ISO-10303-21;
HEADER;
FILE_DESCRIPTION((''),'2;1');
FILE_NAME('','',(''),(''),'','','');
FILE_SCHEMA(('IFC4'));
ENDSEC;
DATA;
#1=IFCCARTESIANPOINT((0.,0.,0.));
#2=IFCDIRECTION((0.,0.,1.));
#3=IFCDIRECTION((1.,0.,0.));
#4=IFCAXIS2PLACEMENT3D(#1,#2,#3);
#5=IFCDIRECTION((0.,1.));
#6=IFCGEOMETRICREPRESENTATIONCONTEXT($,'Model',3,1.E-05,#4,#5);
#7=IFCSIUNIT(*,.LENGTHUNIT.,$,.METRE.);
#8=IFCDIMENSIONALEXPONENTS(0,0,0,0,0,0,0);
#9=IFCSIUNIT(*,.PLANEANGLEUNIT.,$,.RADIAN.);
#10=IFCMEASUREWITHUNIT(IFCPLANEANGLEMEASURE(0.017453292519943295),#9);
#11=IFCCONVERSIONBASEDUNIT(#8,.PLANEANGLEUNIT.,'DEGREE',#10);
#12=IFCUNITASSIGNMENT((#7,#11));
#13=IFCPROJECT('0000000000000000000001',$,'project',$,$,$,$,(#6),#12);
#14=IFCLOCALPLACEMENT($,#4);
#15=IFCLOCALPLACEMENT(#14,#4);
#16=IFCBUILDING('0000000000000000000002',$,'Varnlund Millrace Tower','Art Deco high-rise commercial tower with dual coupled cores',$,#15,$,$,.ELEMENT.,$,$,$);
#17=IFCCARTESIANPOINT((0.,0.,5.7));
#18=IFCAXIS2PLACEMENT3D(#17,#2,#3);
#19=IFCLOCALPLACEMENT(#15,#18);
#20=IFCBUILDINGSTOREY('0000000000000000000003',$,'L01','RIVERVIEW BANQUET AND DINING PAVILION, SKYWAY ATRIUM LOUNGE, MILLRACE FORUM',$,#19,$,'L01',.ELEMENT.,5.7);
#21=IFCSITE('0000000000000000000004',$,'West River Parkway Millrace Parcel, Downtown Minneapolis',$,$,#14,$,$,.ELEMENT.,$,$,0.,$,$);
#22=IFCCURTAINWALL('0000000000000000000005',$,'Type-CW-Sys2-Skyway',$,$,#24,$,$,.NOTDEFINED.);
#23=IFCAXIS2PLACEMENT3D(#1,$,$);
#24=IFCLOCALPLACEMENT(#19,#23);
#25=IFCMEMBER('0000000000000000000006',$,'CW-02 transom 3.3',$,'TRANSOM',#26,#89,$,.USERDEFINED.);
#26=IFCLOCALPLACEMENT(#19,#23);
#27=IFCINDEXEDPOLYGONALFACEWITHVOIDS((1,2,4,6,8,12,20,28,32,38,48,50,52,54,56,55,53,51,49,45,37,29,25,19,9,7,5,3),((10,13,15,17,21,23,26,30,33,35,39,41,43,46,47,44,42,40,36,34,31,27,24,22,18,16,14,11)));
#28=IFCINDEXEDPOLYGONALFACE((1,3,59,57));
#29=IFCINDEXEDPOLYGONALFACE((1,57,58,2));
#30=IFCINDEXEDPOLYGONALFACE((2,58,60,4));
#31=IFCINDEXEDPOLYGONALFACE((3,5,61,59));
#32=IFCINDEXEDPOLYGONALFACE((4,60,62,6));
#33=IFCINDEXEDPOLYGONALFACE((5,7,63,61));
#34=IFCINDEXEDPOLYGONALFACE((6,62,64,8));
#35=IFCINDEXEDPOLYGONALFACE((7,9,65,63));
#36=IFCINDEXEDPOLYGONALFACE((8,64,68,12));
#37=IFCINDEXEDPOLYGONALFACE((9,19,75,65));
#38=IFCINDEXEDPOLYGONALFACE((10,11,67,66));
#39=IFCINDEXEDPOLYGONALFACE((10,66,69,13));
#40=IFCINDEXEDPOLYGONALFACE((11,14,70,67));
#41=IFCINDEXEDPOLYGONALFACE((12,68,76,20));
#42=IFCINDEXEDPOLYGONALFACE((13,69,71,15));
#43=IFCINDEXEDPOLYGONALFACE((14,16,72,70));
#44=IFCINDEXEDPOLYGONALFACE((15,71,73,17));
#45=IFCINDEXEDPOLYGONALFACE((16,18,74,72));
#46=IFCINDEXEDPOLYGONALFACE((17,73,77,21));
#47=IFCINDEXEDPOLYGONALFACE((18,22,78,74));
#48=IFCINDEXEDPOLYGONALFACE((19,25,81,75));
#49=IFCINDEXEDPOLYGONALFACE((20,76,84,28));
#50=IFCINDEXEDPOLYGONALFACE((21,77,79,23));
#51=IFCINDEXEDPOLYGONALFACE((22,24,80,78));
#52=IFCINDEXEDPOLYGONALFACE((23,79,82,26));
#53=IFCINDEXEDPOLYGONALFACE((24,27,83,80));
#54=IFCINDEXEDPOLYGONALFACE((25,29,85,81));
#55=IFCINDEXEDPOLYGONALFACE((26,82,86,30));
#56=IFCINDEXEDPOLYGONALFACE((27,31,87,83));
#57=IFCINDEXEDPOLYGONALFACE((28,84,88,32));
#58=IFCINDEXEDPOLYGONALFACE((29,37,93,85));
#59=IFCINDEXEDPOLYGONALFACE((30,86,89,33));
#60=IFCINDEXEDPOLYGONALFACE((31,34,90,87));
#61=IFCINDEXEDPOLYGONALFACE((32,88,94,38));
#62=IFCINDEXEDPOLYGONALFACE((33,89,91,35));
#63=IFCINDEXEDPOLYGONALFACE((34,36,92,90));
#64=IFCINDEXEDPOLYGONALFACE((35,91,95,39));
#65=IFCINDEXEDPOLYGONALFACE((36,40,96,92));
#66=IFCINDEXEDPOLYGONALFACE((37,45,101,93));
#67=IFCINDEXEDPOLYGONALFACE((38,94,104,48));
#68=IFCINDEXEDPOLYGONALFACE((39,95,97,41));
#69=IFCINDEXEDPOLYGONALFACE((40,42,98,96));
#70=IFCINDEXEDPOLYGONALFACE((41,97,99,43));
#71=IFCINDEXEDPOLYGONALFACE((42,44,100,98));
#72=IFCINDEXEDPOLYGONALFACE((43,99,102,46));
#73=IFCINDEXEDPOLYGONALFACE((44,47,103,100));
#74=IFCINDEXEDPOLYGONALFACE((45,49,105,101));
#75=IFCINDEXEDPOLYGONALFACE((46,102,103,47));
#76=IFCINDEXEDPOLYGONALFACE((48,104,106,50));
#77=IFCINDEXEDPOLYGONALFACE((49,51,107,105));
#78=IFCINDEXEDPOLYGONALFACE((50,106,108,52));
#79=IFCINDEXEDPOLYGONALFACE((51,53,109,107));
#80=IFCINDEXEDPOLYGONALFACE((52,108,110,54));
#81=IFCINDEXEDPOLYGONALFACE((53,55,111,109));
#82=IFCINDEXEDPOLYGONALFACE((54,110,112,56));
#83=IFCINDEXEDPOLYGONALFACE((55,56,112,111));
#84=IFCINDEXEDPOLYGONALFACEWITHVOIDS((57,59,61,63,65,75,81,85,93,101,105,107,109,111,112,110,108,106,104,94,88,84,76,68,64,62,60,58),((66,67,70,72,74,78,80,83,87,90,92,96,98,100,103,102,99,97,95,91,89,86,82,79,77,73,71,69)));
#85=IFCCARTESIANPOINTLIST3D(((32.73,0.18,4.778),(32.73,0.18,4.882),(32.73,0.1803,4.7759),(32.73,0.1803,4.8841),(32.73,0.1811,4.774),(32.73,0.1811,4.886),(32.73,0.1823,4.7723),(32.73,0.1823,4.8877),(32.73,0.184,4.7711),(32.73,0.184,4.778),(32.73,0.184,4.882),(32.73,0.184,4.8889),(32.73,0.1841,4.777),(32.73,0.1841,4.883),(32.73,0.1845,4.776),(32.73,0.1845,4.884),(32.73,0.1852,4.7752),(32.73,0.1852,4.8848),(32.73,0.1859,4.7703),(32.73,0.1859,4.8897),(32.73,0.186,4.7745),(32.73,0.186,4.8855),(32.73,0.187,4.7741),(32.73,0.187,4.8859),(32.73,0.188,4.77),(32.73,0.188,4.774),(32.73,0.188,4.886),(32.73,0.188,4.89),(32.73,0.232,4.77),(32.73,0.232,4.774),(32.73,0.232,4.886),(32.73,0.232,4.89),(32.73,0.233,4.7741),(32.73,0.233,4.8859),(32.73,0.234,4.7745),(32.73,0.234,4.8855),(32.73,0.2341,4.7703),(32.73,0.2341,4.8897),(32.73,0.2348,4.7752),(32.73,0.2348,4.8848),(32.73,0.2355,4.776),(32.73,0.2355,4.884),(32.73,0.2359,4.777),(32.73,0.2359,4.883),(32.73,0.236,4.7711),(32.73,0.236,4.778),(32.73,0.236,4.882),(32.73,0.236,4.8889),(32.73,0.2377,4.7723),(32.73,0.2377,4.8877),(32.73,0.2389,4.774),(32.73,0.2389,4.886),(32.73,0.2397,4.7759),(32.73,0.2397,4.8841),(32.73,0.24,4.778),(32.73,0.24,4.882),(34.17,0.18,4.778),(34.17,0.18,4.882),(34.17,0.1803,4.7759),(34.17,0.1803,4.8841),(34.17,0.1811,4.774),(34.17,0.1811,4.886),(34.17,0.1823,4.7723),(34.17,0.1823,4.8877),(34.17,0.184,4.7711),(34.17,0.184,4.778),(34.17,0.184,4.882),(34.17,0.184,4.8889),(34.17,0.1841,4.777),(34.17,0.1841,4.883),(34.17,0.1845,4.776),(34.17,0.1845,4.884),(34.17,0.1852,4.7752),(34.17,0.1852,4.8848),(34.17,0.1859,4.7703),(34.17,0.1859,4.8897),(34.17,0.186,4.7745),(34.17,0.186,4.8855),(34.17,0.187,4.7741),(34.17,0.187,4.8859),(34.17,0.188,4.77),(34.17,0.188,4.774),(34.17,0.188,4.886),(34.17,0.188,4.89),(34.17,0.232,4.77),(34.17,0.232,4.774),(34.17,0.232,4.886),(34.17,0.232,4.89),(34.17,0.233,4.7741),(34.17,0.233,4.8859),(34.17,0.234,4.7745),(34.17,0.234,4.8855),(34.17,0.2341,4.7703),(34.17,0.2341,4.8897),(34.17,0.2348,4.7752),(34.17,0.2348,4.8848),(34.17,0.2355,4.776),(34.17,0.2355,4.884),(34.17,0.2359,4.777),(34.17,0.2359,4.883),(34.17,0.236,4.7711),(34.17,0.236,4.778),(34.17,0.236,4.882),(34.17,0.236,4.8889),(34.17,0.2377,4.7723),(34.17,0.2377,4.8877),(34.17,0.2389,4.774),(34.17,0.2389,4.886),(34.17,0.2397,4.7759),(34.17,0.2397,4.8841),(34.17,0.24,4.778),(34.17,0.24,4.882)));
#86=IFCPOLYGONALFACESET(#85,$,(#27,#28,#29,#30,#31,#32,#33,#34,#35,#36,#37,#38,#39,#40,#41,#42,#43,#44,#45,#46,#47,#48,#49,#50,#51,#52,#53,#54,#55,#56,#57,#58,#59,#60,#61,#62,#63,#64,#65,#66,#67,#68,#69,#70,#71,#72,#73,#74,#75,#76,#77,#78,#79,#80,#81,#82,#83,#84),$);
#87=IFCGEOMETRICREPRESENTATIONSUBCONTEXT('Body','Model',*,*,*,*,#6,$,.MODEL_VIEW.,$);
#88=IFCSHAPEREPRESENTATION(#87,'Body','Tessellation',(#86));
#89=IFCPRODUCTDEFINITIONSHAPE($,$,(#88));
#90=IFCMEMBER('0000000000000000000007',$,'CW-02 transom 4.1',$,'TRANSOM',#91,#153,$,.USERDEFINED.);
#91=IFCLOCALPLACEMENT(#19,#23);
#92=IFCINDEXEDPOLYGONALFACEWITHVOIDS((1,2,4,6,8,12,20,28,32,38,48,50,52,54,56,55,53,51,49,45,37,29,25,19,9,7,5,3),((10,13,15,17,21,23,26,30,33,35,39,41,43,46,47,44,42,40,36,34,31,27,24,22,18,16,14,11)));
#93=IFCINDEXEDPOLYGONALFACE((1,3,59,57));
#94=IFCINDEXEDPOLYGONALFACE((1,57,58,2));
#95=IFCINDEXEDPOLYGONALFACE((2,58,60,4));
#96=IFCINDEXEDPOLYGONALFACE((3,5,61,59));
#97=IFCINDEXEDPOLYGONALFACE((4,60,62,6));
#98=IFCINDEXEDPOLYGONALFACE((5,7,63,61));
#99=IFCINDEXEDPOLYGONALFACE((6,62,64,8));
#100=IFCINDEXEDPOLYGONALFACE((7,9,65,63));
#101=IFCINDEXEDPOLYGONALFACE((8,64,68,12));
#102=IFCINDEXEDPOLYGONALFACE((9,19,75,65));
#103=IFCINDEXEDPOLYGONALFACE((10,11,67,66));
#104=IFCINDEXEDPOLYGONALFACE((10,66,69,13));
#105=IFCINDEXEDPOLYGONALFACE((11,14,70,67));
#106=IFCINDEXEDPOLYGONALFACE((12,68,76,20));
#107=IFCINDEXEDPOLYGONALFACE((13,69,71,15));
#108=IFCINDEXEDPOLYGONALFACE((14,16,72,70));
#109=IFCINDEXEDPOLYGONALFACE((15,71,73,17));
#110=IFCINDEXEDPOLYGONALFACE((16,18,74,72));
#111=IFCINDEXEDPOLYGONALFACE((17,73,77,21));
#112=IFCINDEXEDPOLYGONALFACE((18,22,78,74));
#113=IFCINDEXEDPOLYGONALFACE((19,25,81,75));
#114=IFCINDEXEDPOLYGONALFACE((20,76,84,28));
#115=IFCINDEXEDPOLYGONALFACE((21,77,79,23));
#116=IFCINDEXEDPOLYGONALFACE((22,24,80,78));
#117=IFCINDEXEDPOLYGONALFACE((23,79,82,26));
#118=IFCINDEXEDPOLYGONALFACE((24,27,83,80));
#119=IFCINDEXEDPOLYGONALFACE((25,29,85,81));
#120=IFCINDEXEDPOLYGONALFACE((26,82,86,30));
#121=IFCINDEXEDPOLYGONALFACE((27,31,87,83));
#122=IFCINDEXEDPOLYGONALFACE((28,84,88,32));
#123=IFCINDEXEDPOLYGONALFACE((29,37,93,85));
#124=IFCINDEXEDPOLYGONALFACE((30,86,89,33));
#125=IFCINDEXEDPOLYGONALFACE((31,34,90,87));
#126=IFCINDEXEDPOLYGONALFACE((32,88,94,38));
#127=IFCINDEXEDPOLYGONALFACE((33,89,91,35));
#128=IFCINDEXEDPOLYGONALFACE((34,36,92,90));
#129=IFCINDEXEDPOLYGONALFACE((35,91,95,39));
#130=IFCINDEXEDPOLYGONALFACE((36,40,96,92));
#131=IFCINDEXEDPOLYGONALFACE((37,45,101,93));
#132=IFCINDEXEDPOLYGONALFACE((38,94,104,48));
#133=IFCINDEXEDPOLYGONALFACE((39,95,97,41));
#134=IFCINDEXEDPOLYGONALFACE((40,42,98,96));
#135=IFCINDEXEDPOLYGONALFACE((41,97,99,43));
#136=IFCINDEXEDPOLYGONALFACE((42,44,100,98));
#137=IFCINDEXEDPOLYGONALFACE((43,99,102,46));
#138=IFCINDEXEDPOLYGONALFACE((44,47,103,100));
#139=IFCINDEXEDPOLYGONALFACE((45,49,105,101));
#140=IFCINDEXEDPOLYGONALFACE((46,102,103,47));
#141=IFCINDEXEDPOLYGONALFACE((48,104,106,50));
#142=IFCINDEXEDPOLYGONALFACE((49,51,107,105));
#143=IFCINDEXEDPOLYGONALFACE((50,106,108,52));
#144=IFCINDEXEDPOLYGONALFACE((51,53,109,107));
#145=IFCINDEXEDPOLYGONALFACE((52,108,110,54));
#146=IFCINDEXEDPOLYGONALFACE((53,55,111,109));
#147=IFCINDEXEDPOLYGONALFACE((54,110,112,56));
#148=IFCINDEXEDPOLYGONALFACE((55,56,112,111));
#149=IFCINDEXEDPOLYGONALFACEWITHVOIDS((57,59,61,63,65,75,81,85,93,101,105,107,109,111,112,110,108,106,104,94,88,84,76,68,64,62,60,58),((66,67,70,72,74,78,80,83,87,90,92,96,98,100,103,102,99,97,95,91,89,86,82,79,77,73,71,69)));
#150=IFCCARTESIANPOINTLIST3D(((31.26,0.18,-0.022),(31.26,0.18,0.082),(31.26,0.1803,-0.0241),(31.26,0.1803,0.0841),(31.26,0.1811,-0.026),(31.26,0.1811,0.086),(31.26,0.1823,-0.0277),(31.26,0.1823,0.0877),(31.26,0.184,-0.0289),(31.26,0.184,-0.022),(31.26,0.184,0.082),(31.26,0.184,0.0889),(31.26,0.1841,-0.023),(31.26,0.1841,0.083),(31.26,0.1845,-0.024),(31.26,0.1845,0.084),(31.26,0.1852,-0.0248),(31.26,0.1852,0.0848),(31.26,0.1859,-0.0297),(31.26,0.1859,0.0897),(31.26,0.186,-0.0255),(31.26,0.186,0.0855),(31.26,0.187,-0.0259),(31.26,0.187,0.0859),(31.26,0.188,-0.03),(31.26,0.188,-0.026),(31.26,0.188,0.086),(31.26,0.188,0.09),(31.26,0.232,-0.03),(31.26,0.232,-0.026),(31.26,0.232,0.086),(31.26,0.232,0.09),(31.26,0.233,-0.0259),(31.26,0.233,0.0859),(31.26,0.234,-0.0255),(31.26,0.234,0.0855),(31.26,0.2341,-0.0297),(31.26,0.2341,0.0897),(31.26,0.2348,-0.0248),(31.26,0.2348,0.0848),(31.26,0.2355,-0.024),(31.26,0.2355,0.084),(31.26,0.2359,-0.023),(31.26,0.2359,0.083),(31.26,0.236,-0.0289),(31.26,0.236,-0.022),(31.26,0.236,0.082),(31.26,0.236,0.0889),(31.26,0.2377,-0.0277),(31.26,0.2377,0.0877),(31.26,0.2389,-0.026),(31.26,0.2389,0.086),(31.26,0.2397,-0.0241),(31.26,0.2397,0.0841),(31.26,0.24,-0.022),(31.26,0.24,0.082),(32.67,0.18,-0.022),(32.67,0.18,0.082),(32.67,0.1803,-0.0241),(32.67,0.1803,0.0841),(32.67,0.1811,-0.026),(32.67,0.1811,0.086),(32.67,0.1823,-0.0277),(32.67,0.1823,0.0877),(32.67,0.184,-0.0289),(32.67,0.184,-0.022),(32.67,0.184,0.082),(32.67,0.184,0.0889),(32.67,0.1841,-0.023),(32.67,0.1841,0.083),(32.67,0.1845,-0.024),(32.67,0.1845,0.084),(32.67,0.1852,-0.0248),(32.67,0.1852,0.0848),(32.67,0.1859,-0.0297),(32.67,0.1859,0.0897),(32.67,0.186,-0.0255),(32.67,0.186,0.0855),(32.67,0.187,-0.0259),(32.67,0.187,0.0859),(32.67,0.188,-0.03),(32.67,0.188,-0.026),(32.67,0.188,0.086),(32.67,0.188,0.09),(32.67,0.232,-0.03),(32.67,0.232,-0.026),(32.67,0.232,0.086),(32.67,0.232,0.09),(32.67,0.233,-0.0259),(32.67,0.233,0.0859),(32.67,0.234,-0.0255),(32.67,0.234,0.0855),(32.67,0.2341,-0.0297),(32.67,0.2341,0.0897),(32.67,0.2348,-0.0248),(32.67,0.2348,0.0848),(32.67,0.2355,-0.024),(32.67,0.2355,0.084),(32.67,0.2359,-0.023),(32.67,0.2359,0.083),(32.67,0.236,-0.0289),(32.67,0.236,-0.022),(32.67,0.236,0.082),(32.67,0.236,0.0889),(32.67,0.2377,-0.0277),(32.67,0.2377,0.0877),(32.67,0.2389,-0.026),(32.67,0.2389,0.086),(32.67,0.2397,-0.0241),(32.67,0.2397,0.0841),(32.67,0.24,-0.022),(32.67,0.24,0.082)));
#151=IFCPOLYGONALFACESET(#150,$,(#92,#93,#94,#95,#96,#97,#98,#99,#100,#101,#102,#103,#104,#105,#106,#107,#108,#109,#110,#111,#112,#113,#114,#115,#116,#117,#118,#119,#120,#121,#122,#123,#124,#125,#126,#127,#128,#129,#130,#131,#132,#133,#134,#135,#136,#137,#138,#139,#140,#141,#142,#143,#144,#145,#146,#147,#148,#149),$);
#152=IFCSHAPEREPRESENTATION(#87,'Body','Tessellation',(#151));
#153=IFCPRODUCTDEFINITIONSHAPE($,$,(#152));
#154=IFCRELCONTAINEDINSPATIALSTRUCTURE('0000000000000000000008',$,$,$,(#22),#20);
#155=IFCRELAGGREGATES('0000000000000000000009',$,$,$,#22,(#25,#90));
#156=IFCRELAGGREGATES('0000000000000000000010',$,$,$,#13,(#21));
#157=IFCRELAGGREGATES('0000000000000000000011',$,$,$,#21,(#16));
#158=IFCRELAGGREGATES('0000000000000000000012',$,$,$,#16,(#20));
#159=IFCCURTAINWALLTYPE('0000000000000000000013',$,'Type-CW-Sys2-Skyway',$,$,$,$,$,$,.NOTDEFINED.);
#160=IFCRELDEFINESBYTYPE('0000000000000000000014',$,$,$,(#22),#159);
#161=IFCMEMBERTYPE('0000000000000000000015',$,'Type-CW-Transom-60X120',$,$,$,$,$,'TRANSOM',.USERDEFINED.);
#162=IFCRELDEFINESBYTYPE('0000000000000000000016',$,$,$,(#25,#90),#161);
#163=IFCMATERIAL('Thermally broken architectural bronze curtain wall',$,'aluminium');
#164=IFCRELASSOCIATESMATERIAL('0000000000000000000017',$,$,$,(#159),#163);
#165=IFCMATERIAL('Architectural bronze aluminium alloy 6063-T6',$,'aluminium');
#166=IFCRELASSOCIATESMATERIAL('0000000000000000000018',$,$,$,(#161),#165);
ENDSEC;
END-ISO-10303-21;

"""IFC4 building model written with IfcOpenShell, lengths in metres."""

from ifc_helpers import new_model, entity, si_unit, converted_unit, direction, frame, origin_with_axes, origin_2d_with_axis, place, context, subcontext, project, spatial, hollow_rectangle, extrude, material, material_profile, profile_set, type_object, element, aggregate, save


model = new_model("IFC4")

# Units and contexts
model_context = context("Model", 3, precision=1e-05, world=origin_with_axes(), true_north=direction((0.0, 1.0)))
body_context = subcontext(model_context, "Body", "Model", "MODEL_VIEW")
ifc_project = project(units=[si_unit("LENGTHUNIT", "METRE"), converted_unit("PLANEANGLEUNIT", "DEGREE", entity("IfcPlaneAngleMeasure", 0.017453292519943295), si_unit("PLANEANGLEUNIT", "RADIAN"), dimensions=[0, 0, 0, 0, 0, 0, 0])], contexts=[model_context])

# Site, building, storey
site_placement = place(None, origin_with_axes())
site = spatial("IfcSite", under=ifc_project, at=site_placement, Name="West River Parkway Millrace Parcel, Downtown Minneapolis", CompositionType="ELEMENT", RefElevation=0.0)
building_placement = place(site_placement, origin_with_axes())
building = spatial("IfcBuilding", under=site, at=building_placement, Name="Varnlund Millrace Tower", Description="Art Deco high-rise commercial tower with dual coupled cores", CompositionType="ELEMENT")
storey_placement = place(building_placement, frame((0.0, 0.0, 5.7), z_axis=(0.0, 0.0, 1.0), x_axis=(1.0, 0.0, 0.0)))
storey = spatial("IfcBuildingStorey", under=building, at=storey_placement, Name="L01", Description="RIVERVIEW BANQUET AND DINING PAVILION, SKYWAY ATRIUM LOUNGE, MILLRACE FORUM", LongName="L01", CompositionType="ELEMENT", Elevation=5.7)

# Curtain wall, members
ifc_material_1 = material(Name="Thermally broken architectural bronze curtain wall", Category="aluminium")
curtain_wall_type = type_object("IfcCurtainWallType", Name="Type-CW-Sys2-Skyway", PredefinedType="NOTDEFINED", material=ifc_material_1)
curtain_wall_placement = place(storey_placement, frame((37.2, 0.21, 0.0), z_axis=(0.0, 0.0, 1.0), x_axis=(1.0, 0.0, 0.0)))
curtain_wall = element("IfcCurtainWall", 1, at=curtain_wall_placement, inside=storey, type_object=curtain_wall_type, Name="Type-CW-Sys2-Skyway", PredefinedType="NOTDEFINED")
ifc_material_2 = material(Name="Architectural bronze aluminium alloy 6063-T6", Category="aluminium")
ifc_material_profile_1 = material_profile(ifc_material_2, hollow_rectangle(XDim=0.06, YDim=0.12, WallThickness=0.004, InnerFilletRadius=0.004, OuterFilletRadius=0.008, at=origin_2d_with_axis()), Name="Architectural bronze aluminium alloy 6063-T6")
ifc_profile_set_1 = profile_set([ifc_material_profile_1], Name="Architectural bronze aluminium alloy 6063-T6")
member_type_1 = type_object("IfcMemberType", Name="Type-CW-Transom-60X120", ElementType="TRANSOM", PredefinedType="USERDEFINED", material=ifc_profile_set_1)
member_1_placement = place(storey_placement, frame((34.17, 0.21, 4.83), z_axis=(-1.0, 0.0, 0.0), x_axis=(0.0, -1.0, 0.0)))
member_1 = element("IfcMember", 2, at=member_1_placement, type_object=member_type_1, Name="CW-02 transom 3.3", ObjectType="TRANSOM", PredefinedType="USERDEFINED", context=body_context, shape_type="SweptSolid", body=[
    extrude(hollow_rectangle(XDim=0.06, YDim=0.12, WallThickness=0.004, InnerFilletRadius=0.004, OuterFilletRadius=0.008, at=origin_2d_with_axis()), origin_with_axes(), (0.0, 0.0, 1.0), 1.44),
])
member_2_placement = place(storey_placement, frame((32.67, 0.21, 0.03), z_axis=(-1.0, 0.0, 0.0), x_axis=(0.0, -1.0, 0.0)))
member_2 = element("IfcMember", 3, at=member_2_placement, type_object=member_type_1, Name="CW-02 transom 4.1", ObjectType="TRANSOM", PredefinedType="USERDEFINED", context=body_context, shape_type="SweptSolid", body=[
    extrude(hollow_rectangle(XDim=0.06, YDim=0.12, WallThickness=0.004, InnerFilletRadius=0.004, OuterFilletRadius=0.008, at=origin_2d_with_axis()), origin_with_axes(), (0.0, 0.0, 1.0), 1.41),
])
aggregate(curtain_wall, [member_1, member_2])

save(model, "model.ifc")
